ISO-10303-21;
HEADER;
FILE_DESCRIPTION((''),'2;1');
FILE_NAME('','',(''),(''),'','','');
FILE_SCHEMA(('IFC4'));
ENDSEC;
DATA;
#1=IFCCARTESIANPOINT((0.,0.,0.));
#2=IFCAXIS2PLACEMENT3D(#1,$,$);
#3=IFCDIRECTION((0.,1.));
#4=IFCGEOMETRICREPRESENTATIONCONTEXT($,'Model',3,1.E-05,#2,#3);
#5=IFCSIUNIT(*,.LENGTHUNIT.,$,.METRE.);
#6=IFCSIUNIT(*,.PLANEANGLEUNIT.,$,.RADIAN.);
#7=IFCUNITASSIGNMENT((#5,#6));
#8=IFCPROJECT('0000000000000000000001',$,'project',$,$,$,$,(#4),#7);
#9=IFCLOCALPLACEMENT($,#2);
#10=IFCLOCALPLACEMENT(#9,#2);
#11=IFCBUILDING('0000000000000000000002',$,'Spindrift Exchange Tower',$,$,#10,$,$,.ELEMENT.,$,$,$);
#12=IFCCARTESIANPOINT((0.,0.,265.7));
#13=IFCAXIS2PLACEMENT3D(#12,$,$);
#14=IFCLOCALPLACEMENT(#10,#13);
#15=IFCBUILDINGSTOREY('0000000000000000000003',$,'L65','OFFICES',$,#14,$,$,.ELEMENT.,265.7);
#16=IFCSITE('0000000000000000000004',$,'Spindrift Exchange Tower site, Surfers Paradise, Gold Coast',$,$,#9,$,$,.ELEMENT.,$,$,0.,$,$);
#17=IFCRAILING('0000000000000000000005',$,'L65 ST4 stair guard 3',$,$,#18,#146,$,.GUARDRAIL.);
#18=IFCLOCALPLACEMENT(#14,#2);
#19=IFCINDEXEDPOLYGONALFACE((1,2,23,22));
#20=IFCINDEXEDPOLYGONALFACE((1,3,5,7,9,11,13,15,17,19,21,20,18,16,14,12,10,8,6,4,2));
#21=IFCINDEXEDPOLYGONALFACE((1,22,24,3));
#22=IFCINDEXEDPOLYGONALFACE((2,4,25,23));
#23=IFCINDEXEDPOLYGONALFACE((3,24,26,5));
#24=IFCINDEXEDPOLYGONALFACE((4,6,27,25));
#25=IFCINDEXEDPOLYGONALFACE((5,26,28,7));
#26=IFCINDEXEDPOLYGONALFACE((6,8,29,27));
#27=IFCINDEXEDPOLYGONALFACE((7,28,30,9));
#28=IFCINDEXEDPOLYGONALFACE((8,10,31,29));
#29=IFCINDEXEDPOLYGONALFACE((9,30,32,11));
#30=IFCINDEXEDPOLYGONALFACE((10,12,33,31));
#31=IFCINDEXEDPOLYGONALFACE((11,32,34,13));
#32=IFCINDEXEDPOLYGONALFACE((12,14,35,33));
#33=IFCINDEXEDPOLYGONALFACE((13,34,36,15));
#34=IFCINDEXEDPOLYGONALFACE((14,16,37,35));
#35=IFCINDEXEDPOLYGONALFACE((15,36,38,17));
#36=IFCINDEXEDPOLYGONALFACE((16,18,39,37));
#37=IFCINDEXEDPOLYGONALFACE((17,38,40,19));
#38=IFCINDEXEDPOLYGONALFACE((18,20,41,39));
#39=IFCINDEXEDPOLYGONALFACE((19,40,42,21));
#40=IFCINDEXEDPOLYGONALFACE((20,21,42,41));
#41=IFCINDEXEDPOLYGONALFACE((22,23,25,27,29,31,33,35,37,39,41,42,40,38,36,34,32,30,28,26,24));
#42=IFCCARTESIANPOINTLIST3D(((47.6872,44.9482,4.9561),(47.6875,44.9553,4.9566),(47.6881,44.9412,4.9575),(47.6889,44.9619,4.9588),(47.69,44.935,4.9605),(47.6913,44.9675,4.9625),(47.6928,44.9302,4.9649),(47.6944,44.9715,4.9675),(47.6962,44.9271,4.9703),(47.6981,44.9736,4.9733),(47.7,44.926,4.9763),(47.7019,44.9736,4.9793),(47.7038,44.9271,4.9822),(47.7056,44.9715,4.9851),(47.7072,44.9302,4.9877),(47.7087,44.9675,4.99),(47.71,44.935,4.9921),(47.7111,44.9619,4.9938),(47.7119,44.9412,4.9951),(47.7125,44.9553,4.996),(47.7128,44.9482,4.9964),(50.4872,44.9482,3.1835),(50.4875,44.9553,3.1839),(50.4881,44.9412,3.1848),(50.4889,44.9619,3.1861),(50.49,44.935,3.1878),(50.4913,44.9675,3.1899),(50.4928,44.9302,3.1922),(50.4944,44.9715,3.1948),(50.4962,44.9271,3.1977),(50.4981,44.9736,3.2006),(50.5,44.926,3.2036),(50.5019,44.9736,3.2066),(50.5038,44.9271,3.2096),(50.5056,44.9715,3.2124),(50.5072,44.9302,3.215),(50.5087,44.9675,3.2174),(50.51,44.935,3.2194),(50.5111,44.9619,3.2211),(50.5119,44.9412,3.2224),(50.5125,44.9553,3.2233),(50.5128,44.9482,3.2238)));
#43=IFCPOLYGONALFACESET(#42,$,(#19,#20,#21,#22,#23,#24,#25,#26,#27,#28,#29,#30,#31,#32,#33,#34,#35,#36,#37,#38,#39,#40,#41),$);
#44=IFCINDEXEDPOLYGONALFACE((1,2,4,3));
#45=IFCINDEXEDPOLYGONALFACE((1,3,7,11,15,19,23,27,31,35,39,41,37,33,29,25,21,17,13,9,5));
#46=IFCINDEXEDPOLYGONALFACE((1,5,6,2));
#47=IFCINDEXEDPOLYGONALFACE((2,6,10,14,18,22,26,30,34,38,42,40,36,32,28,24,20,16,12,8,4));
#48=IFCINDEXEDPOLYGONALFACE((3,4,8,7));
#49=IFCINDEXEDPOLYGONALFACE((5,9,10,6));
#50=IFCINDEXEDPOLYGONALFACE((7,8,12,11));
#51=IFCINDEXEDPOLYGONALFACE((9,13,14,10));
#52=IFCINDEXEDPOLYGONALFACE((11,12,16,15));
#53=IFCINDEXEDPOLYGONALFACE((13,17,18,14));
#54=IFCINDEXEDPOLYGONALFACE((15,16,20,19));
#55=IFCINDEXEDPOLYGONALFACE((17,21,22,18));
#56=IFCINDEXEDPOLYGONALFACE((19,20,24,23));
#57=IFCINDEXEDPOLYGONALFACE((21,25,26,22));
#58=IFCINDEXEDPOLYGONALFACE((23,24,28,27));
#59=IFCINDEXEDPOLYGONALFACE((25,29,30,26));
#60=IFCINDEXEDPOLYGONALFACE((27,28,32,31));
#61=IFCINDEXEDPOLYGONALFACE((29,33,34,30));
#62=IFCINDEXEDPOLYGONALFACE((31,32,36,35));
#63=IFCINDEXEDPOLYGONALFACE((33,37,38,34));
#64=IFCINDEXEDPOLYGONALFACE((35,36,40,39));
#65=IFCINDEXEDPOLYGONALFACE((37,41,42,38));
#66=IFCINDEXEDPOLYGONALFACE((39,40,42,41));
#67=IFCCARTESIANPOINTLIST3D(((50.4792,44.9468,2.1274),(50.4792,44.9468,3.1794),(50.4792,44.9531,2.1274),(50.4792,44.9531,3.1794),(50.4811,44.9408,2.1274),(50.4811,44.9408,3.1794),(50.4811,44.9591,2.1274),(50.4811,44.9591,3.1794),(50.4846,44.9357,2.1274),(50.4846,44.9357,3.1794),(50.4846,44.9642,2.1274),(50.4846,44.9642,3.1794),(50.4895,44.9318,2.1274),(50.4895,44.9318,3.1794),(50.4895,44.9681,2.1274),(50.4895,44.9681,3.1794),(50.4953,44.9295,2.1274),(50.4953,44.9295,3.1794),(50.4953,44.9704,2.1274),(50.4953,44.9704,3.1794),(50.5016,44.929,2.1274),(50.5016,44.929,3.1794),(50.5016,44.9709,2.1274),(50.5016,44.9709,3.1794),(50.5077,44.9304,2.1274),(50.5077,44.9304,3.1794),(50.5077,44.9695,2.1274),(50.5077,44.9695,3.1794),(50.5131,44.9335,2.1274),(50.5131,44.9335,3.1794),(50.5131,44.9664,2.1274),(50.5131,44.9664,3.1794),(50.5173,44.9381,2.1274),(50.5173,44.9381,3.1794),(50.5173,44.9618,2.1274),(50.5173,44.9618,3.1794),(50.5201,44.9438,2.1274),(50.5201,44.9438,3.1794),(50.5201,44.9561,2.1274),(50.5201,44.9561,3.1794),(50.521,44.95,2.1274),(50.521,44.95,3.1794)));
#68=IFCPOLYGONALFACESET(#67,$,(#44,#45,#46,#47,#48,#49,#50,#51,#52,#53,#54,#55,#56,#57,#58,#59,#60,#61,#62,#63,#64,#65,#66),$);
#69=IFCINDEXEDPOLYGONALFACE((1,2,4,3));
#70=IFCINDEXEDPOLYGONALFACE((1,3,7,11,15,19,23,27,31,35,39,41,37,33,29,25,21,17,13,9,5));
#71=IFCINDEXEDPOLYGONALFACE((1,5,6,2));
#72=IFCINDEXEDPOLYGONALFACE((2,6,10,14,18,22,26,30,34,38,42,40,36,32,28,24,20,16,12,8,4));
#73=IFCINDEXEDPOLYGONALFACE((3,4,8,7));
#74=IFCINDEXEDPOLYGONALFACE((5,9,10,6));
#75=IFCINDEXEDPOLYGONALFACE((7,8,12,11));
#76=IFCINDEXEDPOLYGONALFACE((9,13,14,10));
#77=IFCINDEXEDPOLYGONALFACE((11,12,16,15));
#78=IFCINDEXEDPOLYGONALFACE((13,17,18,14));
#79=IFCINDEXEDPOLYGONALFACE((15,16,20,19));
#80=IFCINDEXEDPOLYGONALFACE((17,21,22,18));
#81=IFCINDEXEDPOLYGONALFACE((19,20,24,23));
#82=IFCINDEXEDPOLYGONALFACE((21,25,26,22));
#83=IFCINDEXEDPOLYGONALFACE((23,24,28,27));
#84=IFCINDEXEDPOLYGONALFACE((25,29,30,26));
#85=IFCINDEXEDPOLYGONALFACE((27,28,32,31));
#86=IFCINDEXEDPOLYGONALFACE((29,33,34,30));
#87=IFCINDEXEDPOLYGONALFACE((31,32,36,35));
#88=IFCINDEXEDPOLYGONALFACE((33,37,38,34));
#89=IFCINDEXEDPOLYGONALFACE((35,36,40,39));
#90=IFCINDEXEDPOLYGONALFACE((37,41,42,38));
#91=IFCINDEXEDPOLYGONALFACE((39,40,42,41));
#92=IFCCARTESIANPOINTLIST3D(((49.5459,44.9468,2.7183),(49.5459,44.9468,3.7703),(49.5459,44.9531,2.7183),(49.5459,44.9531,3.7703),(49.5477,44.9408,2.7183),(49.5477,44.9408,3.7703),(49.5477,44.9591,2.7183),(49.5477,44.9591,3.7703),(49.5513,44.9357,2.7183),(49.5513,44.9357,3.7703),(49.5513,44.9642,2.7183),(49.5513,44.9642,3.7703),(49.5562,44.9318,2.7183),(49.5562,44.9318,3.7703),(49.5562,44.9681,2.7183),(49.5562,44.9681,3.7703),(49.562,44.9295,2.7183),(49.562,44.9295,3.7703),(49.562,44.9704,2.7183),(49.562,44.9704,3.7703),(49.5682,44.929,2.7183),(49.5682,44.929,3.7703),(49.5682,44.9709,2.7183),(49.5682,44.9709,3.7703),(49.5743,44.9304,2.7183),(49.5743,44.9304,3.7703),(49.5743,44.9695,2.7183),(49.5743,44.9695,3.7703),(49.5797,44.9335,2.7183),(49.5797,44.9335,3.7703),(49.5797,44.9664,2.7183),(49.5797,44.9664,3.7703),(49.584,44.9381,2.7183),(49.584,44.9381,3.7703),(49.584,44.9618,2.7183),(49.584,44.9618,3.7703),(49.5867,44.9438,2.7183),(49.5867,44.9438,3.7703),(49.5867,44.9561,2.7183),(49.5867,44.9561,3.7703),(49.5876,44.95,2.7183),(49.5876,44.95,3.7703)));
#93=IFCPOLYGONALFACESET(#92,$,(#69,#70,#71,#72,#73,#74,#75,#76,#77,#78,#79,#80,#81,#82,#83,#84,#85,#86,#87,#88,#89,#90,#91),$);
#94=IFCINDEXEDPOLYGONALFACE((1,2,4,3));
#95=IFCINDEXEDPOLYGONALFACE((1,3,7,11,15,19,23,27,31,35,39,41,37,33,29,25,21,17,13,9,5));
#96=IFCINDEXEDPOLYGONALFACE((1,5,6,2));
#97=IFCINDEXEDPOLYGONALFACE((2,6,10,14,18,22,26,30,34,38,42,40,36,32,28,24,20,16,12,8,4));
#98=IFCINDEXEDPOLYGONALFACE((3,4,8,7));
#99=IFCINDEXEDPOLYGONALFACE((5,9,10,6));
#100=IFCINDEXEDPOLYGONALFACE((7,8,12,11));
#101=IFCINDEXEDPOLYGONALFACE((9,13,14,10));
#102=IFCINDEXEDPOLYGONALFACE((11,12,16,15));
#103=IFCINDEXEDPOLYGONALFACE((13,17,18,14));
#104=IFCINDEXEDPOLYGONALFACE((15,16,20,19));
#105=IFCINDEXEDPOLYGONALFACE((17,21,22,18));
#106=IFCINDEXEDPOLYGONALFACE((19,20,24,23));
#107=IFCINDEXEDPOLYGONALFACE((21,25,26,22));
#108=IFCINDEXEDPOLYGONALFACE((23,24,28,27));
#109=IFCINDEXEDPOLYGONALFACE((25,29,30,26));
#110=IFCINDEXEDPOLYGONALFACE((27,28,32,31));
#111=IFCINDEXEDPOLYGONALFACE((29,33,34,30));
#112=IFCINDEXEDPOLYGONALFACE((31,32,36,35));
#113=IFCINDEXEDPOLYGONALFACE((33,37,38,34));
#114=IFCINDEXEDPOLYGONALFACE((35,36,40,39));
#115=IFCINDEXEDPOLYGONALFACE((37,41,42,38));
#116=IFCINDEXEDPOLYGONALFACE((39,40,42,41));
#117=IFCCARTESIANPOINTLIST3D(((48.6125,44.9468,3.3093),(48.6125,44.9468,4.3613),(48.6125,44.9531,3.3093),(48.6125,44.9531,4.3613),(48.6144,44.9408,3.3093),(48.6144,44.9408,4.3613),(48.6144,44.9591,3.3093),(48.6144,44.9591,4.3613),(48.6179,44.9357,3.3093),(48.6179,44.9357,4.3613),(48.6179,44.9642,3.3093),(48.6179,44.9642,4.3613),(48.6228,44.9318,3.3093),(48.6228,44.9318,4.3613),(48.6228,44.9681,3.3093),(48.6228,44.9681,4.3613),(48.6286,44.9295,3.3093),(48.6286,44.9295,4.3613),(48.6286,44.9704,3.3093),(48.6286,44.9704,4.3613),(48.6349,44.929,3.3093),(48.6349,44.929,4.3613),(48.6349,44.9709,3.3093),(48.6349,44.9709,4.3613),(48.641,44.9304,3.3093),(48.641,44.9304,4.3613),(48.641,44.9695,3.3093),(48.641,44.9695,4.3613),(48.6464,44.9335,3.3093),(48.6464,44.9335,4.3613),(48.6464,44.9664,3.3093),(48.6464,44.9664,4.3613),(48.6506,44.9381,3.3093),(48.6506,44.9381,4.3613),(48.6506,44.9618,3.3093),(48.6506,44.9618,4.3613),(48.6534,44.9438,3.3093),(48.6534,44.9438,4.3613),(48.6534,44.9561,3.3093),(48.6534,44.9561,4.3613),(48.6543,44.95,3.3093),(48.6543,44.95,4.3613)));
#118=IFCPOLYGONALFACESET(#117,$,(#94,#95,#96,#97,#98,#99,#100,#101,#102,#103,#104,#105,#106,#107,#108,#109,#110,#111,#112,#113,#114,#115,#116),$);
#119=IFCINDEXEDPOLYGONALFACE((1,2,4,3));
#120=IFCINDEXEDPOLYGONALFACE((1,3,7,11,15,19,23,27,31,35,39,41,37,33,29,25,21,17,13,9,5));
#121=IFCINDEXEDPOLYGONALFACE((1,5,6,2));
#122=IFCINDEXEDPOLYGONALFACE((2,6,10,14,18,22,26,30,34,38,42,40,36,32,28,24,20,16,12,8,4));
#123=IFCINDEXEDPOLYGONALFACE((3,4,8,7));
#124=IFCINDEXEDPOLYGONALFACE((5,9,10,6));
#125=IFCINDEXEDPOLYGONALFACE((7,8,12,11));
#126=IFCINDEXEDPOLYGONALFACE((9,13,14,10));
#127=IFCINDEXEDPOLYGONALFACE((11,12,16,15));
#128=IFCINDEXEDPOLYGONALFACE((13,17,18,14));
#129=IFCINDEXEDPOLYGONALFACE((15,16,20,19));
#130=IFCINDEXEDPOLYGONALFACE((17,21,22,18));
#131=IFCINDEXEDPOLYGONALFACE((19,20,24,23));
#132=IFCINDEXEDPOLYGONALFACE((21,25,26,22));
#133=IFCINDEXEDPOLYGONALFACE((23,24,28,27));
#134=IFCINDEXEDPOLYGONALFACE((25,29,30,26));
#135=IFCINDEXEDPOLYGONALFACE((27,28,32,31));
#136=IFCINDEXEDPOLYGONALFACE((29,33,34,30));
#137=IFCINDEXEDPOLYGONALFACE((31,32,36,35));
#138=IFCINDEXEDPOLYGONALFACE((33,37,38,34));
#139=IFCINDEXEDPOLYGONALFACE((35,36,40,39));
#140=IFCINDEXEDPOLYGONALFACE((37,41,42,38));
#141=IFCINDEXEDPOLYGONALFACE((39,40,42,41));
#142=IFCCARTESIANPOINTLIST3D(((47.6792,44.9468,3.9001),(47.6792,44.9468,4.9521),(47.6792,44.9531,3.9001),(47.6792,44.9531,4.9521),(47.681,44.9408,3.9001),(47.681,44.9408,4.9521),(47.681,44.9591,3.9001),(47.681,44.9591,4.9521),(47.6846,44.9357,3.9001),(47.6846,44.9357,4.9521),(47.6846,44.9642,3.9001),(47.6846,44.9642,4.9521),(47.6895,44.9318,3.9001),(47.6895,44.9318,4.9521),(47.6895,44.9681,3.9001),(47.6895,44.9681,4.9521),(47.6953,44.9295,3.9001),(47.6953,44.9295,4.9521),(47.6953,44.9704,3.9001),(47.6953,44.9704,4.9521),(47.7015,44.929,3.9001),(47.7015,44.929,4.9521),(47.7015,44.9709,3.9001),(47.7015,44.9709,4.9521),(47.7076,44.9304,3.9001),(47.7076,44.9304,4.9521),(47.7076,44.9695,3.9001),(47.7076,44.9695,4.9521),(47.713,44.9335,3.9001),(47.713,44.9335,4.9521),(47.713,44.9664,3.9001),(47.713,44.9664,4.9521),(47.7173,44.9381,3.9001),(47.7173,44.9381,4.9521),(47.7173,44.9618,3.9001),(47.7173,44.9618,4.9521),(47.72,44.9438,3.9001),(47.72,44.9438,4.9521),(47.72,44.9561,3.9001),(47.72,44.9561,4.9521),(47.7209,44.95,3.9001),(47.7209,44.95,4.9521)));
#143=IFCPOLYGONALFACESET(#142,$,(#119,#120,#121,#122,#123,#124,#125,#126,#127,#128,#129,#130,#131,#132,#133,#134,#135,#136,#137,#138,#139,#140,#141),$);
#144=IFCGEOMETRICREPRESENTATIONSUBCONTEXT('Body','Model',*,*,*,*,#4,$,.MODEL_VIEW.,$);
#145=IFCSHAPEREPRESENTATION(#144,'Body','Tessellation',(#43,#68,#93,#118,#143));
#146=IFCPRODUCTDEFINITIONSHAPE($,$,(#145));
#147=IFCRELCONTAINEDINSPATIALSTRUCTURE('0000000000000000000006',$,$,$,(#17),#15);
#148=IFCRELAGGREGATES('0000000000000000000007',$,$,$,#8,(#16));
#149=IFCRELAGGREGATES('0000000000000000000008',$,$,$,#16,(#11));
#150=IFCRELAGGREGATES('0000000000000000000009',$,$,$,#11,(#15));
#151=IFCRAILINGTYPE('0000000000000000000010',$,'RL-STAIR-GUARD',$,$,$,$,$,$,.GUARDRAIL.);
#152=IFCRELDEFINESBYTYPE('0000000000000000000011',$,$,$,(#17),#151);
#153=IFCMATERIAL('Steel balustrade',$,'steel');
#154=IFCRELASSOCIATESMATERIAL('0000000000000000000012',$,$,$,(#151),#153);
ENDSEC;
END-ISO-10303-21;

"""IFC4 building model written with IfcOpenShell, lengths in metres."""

from ifc_helpers import new_model, si_unit, direction, frame, origin, origin_2d, place, context, subcontext, project, spatial, circle, extrude, material, type_object, element, save


model = new_model("IFC4")

# Units and contexts
model_context = context("Model", 3, precision=1e-05, world=origin(), true_north=direction((0.0, 1.0)))
body_context = subcontext(model_context, "Body", "Model", "MODEL_VIEW")
ifc_project = project(units=[si_unit("LENGTHUNIT", "METRE"), si_unit("PLANEANGLEUNIT", "RADIAN")], contexts=[model_context])

# Site, building, storey
site_placement = place(None, origin())
site = spatial("IfcSite", under=ifc_project, at=site_placement, Name="Spindrift Exchange Tower site, Surfers Paradise, Gold Coast", CompositionType="ELEMENT", RefElevation=0.0)
building_placement = place(site_placement, origin())
building = spatial("IfcBuilding", under=site, at=building_placement, Name="Spindrift Exchange Tower", CompositionType="ELEMENT")
storey_placement = place(building_placement, frame((0.0, 0.0, 265.7)))
storey = spatial("IfcBuildingStorey", under=building, at=storey_placement, Name="L65", Description="OFFICES", CompositionType="ELEMENT", Elevation=265.7)

# Railing
ifc_material_1 = material(Name="Steel balustrade", Category="steel")
railing_type_1 = type_object("IfcRailingType", Name="RL-STAIR-GUARD", PredefinedType="GUARDRAIL", material=ifc_material_1)
railing_1_placement = place(storey_placement, frame((50.5, 44.95, 2.1274)))
element("IfcRailing", 1, at=railing_1_placement, inside=storey, type_object=railing_type_1, Name="L65 ST4 stair guard 3", PredefinedType="GUARDRAIL", context=body_context, shape_type="SweptSolid", body=[
    extrude(circle(Radius=0.0239, at=origin_2d()), frame((0.0, 0.0, 1.0762), z_axis=(-0.844909, 0.0, 0.53491), x_axis=(0.0, -1.0, 0.0)), (0.0, 0.0, 1.0), 3.314),
    extrude(circle(Radius=0.021, at=origin_2d()), origin(), (0.0, 0.0, 1.0), 1.052),
    extrude(circle(Radius=0.021, at=origin_2d()), frame((-0.9333, 0.0, 0.5908)), (0.0, 0.0, 1.0), 1.052),
    extrude(circle(Radius=0.021, at=origin_2d()), frame((-1.8667, 0.0, 1.1819)), (0.0, 0.0, 1.0), 1.052),
    extrude(circle(Radius=0.021, at=origin_2d()), frame((-2.8, 0.0, 1.7727)), (0.0, 0.0, 1.0), 1.052),
])

save(model, "model.ifc")
